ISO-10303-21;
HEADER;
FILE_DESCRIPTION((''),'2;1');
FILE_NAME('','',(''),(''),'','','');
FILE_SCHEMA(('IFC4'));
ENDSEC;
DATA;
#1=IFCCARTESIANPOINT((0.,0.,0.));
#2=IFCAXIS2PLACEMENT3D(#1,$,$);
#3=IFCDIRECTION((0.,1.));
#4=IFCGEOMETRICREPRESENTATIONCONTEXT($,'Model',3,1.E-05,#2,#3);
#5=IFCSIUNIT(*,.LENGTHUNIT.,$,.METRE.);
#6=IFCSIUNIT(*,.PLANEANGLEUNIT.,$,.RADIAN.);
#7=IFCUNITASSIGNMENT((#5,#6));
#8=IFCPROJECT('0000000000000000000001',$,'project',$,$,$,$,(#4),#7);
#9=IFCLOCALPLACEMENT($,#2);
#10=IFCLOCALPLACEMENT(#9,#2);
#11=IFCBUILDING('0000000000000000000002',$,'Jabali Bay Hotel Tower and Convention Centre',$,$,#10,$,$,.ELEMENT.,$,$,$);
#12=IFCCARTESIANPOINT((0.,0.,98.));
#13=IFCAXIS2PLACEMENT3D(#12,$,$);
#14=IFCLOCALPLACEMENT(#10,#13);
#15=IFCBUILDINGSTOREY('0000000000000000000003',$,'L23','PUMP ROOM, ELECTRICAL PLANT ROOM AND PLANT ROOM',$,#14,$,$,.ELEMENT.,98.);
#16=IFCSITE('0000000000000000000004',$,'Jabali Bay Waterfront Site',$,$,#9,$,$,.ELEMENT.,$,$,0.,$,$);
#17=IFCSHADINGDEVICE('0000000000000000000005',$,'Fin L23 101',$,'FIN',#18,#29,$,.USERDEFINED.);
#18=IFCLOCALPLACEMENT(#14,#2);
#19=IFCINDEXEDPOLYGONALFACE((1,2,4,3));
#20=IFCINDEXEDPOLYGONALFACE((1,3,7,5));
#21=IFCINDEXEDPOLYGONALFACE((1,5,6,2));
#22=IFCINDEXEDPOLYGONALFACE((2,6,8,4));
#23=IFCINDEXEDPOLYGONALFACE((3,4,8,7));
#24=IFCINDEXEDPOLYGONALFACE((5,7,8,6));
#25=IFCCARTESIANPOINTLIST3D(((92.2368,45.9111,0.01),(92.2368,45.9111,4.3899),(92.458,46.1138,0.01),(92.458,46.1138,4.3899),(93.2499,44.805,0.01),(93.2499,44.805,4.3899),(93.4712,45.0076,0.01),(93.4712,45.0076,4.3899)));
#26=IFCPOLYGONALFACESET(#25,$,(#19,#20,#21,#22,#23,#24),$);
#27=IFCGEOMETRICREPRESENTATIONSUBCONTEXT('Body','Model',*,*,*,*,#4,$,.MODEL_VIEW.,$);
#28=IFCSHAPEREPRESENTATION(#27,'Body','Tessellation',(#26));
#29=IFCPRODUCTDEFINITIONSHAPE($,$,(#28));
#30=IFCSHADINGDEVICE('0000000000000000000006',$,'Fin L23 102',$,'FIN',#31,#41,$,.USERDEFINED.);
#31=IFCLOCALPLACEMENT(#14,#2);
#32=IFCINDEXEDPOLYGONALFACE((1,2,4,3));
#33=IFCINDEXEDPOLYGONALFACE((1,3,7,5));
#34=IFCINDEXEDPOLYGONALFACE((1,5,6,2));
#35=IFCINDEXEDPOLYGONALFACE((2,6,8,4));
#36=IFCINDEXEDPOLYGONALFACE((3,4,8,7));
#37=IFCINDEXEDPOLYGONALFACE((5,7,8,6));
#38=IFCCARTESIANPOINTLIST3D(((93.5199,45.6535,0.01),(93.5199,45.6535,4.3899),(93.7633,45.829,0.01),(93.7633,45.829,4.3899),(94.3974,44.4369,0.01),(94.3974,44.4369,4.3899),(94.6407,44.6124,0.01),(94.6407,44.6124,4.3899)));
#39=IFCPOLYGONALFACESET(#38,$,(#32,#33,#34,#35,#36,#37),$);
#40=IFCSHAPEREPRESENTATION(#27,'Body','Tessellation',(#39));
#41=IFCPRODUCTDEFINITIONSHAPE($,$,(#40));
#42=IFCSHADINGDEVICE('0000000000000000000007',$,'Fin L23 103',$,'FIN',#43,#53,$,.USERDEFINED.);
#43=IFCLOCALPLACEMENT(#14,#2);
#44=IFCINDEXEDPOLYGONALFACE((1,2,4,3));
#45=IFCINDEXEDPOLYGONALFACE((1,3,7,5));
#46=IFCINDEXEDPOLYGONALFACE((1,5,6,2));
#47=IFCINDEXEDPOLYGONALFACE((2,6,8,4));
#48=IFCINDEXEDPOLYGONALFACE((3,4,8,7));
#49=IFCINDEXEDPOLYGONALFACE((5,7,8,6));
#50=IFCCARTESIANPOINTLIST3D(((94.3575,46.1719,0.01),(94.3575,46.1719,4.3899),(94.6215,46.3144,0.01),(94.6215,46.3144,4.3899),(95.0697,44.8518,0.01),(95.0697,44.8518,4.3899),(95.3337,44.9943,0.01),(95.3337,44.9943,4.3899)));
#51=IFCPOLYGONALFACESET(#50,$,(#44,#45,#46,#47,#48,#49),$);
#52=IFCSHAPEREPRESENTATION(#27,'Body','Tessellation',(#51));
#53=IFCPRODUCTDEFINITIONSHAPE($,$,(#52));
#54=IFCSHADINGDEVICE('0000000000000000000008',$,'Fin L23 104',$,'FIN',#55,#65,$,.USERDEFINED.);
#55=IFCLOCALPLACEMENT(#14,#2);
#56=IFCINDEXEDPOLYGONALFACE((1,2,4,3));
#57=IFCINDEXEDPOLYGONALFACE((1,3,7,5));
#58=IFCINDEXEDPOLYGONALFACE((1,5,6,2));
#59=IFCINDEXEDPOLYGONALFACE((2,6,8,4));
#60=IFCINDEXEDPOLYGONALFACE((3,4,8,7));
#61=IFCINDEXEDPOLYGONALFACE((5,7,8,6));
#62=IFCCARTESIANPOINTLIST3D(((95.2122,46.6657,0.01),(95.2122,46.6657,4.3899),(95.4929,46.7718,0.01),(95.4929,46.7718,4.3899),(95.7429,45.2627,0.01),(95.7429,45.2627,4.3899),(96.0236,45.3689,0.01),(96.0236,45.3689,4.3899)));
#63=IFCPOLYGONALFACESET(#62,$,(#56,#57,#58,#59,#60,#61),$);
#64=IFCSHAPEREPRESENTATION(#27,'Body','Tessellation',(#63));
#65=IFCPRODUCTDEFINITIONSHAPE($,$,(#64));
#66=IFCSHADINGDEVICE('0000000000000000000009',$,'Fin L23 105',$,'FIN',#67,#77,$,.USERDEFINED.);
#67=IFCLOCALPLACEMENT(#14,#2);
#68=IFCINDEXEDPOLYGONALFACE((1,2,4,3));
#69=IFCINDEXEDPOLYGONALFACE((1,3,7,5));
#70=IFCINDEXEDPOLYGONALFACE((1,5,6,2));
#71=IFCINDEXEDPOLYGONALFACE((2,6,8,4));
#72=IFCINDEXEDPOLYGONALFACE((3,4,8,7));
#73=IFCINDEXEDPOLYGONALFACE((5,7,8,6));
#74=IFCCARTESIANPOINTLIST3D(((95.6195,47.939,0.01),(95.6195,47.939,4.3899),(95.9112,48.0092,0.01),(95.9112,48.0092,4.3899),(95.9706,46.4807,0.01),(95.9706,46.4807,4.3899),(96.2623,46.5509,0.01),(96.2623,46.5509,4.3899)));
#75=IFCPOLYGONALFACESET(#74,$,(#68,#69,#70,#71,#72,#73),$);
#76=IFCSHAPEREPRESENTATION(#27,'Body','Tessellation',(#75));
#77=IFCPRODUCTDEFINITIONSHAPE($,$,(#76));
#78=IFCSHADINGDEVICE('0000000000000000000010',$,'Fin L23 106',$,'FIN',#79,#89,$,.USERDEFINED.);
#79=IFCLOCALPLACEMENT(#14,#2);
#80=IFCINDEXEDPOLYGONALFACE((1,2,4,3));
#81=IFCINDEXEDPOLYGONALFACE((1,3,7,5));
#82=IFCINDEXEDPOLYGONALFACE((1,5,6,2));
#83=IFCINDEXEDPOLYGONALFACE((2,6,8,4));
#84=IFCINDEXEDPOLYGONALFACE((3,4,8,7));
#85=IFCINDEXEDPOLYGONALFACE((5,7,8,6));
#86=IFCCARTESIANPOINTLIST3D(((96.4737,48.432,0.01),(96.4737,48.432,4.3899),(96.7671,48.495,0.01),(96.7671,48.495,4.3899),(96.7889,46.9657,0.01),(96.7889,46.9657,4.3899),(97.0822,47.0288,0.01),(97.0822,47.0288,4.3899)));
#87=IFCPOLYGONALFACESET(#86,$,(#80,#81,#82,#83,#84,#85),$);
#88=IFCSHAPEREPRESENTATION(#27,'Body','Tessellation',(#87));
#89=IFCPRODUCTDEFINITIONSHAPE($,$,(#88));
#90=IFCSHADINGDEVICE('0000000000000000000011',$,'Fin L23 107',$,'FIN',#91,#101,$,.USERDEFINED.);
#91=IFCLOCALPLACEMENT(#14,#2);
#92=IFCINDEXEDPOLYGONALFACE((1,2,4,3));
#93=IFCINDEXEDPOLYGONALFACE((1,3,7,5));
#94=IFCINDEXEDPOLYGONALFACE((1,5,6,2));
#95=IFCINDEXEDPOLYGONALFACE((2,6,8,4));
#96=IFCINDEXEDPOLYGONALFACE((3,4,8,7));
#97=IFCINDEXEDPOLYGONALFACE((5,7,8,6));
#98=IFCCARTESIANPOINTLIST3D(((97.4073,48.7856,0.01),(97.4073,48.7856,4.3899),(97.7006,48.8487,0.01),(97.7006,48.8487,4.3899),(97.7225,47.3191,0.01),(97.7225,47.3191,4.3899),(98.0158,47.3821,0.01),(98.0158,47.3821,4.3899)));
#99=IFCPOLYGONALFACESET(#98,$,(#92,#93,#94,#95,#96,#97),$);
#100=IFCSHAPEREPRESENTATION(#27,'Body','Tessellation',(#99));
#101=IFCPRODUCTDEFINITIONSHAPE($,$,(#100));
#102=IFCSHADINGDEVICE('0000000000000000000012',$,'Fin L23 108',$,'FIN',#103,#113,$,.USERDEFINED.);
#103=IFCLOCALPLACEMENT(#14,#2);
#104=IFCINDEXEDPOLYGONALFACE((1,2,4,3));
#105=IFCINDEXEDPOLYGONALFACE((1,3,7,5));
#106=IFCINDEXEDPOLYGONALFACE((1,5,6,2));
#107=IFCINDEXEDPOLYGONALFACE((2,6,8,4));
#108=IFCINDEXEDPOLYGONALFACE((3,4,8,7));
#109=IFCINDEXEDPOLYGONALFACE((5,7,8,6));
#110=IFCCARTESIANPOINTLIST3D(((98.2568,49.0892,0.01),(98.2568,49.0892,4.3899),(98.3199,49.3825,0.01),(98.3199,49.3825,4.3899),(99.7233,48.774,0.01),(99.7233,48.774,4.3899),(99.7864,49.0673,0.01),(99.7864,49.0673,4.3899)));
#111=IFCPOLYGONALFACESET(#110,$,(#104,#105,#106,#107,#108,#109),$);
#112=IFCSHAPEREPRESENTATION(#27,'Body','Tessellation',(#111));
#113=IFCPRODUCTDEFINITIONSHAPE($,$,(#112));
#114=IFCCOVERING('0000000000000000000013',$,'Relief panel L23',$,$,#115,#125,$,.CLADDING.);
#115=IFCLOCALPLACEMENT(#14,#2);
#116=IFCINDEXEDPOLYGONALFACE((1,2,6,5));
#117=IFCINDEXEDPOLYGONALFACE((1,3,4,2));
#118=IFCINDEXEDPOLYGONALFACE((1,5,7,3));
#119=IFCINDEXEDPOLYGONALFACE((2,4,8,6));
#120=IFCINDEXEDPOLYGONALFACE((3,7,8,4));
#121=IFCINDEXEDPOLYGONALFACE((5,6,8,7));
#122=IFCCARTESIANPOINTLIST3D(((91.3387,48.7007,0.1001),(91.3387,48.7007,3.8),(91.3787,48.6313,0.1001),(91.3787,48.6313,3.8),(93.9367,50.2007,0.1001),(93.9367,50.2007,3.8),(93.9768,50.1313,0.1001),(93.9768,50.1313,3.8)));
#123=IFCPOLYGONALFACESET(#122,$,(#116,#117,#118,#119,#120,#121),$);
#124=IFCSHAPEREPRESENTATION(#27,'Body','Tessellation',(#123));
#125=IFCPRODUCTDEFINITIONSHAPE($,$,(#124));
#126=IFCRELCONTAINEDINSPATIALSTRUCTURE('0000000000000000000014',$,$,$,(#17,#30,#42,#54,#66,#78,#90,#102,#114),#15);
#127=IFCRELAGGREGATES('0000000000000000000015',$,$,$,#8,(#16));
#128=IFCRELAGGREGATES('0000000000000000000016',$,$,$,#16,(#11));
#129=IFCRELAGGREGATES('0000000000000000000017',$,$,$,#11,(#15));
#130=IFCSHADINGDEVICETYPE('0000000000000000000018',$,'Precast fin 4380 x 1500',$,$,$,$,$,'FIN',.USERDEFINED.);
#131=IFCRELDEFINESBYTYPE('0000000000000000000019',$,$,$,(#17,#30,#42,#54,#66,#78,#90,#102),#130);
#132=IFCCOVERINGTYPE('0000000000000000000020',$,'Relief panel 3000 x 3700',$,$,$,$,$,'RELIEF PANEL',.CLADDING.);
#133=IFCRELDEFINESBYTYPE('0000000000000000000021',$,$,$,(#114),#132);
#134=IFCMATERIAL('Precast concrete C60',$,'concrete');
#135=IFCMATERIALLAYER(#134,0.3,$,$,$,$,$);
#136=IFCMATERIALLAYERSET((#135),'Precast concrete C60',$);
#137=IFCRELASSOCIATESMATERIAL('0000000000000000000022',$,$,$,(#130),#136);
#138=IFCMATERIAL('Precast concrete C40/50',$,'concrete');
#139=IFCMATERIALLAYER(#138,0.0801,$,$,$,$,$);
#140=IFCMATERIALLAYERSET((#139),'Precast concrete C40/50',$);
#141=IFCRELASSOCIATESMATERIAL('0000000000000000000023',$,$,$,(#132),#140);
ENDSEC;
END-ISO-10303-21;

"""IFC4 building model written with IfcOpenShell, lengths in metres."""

from ifc_helpers import new_model, si_unit, direction, frame, frame_2d, origin, origin_2d, place, context, subcontext, project, spatial, rectangle, extrude, material, layer, layer_set, type_object, element, save


model = new_model("IFC4")

# Units and contexts
model_context = context("Model", 3, precision=1e-05, world=origin(), true_north=direction((0.0, 1.0)))
body_context = subcontext(model_context, "Body", "Model", "MODEL_VIEW")
ifc_project = project(units=[si_unit("LENGTHUNIT", "METRE"), si_unit("PLANEANGLEUNIT", "RADIAN")], contexts=[model_context])

# Site, building, storey
site_placement = place(None, origin())
site = spatial("IfcSite", under=ifc_project, at=site_placement, Name="Jabali Bay Waterfront Site", CompositionType="ELEMENT", RefElevation=0.0)
building_placement = place(site_placement, origin())
building = spatial("IfcBuilding", under=site, at=building_placement, Name="Jabali Bay Hotel Tower and Convention Centre", CompositionType="ELEMENT")
storey_placement = place(building_placement, frame((0.0, 0.0, 98.0)))
storey = spatial("IfcBuildingStorey", under=building, at=storey_placement, Name="L23", Description="PUMP ROOM, ELECTRICAL PLANT ROOM AND PLANT ROOM", CompositionType="ELEMENT", Elevation=98.0)

# Shading devices
ifc_material_1 = material(Name="Precast concrete C60", Category="concrete")
ifc_layer_1 = layer(ifc_material_1, 0.3)
ifc_layer_set_1 = layer_set([ifc_layer_1], Name="Precast concrete C60")
shading_device_type = type_object("IfcShadingDeviceType", Name="Precast fin 4380 x 1500", ElementType="FIN", PredefinedType="USERDEFINED", material=ifc_layer_set_1)
for number, where, z_axis, x_axis, name in (
    (1, (92.3474, 46.0125, 0.01), (0.0, 0.0, 1.0), (0.675422, -0.737431, 0.0), "Fin L23 101"),
    (2, (93.6416, 45.7412, 0.01), (0.0, 0.0, 1.0), (0.584973, -0.811052, 0.0), "Fin L23 102"),
    (3, (94.4895, 46.2432, 0.01), (0.0, 0.0, 1.0), (0.474799, -0.880095, 0.0), "Fin L23 103"),
    (4, (95.3525, 46.7188, 0.01), (0.0, 0.0, 1.0), (0.353815, -0.935315, 0.0), "Fin L23 104"),
    (5, (95.7654, 47.9741, 0.01), (0.0, 0.0, 1.0), (0.234062, -0.972222, 0.0), "Fin L23 105"),
):
    element("IfcShadingDevice", number, at=place(storey_placement, frame(where, z_axis=z_axis, x_axis=x_axis)), inside=storey, type_object=shading_device_type, Name=name, ObjectType="FIN", PredefinedType="USERDEFINED", context=body_context, shape_type="SweptSolid", body=[
        extrude(rectangle(XDim=1.5, YDim=0.3, at=frame_2d((0.75, 0.0))), origin(), (0.0, 0.0, 1.0), 4.3799),
    ])
shading_device_1_placement = place(storey_placement, frame((96.6204, 48.4636, 0.01), z_axis=(0.0, 0.0, 1.0), x_axis=(0.210152, -0.977669, 0.0)))
element("IfcShadingDevice", 6, at=shading_device_1_placement, inside=storey, type_object=shading_device_type, Name="Fin L23 106", ObjectType="FIN", PredefinedType="USERDEFINED", context=body_context, shape_type="SweptSolid", body=[
    extrude(rectangle(XDim=1.4998, YDim=0.3, at=frame_2d((0.75, 0.0))), origin(), (0.0, 0.0, 1.0), 4.3799),
])
for number, where, z_axis, x_axis, name in (
    (7, (97.554, 48.8171, 0.01), (0.0, 0.0, 1.0), (0.210118, -0.977676, 0.0), "Fin L23 107"),
    (8, (98.2883, 49.2358, 0.01), (0.0, 0.0, 1.0), (0.977676, -0.210118, 0.0), "Fin L23 108"),
):
    element("IfcShadingDevice", number, at=place(storey_placement, frame(where, z_axis=z_axis, x_axis=x_axis)), inside=storey, type_object=shading_device_type, Name=name, ObjectType="FIN", PredefinedType="USERDEFINED", context=body_context, shape_type="SweptSolid", body=[
        extrude(rectangle(XDim=1.5, YDim=0.3, at=frame_2d((0.75, 0.0))), origin(), (0.0, 0.0, 1.0), 4.3799),
    ])

# Covering
ifc_material_2 = material(Name="Precast concrete C40/50", Category="concrete")
ifc_layer_2 = layer(ifc_material_2, 0.0801)
ifc_layer_set_2 = layer_set([ifc_layer_2], Name="Precast concrete C40/50")
covering_type = type_object("IfcCoveringType", Name="Relief panel 3000 x 3700", ElementType="RELIEF PANEL", PredefinedType="CLADDING", material=ifc_layer_set_2)
covering_placement = place(storey_placement, frame((92.6577, 49.416, 0.1001), z_axis=(0.0, 0.0, 1.0), x_axis=(-0.866025, -0.5, 0.0)))
element("IfcCovering", 9, at=covering_placement, inside=storey, type_object=covering_type, Name="Relief panel L23", PredefinedType="CLADDING", context=body_context, shape_type="SweptSolid", body=[
    extrude(rectangle(XDim=3.0, YDim=0.0801, at=origin_2d()), origin(), (0.0, 0.0, 1.0), 3.7),
])

save(model, "model.ifc")
